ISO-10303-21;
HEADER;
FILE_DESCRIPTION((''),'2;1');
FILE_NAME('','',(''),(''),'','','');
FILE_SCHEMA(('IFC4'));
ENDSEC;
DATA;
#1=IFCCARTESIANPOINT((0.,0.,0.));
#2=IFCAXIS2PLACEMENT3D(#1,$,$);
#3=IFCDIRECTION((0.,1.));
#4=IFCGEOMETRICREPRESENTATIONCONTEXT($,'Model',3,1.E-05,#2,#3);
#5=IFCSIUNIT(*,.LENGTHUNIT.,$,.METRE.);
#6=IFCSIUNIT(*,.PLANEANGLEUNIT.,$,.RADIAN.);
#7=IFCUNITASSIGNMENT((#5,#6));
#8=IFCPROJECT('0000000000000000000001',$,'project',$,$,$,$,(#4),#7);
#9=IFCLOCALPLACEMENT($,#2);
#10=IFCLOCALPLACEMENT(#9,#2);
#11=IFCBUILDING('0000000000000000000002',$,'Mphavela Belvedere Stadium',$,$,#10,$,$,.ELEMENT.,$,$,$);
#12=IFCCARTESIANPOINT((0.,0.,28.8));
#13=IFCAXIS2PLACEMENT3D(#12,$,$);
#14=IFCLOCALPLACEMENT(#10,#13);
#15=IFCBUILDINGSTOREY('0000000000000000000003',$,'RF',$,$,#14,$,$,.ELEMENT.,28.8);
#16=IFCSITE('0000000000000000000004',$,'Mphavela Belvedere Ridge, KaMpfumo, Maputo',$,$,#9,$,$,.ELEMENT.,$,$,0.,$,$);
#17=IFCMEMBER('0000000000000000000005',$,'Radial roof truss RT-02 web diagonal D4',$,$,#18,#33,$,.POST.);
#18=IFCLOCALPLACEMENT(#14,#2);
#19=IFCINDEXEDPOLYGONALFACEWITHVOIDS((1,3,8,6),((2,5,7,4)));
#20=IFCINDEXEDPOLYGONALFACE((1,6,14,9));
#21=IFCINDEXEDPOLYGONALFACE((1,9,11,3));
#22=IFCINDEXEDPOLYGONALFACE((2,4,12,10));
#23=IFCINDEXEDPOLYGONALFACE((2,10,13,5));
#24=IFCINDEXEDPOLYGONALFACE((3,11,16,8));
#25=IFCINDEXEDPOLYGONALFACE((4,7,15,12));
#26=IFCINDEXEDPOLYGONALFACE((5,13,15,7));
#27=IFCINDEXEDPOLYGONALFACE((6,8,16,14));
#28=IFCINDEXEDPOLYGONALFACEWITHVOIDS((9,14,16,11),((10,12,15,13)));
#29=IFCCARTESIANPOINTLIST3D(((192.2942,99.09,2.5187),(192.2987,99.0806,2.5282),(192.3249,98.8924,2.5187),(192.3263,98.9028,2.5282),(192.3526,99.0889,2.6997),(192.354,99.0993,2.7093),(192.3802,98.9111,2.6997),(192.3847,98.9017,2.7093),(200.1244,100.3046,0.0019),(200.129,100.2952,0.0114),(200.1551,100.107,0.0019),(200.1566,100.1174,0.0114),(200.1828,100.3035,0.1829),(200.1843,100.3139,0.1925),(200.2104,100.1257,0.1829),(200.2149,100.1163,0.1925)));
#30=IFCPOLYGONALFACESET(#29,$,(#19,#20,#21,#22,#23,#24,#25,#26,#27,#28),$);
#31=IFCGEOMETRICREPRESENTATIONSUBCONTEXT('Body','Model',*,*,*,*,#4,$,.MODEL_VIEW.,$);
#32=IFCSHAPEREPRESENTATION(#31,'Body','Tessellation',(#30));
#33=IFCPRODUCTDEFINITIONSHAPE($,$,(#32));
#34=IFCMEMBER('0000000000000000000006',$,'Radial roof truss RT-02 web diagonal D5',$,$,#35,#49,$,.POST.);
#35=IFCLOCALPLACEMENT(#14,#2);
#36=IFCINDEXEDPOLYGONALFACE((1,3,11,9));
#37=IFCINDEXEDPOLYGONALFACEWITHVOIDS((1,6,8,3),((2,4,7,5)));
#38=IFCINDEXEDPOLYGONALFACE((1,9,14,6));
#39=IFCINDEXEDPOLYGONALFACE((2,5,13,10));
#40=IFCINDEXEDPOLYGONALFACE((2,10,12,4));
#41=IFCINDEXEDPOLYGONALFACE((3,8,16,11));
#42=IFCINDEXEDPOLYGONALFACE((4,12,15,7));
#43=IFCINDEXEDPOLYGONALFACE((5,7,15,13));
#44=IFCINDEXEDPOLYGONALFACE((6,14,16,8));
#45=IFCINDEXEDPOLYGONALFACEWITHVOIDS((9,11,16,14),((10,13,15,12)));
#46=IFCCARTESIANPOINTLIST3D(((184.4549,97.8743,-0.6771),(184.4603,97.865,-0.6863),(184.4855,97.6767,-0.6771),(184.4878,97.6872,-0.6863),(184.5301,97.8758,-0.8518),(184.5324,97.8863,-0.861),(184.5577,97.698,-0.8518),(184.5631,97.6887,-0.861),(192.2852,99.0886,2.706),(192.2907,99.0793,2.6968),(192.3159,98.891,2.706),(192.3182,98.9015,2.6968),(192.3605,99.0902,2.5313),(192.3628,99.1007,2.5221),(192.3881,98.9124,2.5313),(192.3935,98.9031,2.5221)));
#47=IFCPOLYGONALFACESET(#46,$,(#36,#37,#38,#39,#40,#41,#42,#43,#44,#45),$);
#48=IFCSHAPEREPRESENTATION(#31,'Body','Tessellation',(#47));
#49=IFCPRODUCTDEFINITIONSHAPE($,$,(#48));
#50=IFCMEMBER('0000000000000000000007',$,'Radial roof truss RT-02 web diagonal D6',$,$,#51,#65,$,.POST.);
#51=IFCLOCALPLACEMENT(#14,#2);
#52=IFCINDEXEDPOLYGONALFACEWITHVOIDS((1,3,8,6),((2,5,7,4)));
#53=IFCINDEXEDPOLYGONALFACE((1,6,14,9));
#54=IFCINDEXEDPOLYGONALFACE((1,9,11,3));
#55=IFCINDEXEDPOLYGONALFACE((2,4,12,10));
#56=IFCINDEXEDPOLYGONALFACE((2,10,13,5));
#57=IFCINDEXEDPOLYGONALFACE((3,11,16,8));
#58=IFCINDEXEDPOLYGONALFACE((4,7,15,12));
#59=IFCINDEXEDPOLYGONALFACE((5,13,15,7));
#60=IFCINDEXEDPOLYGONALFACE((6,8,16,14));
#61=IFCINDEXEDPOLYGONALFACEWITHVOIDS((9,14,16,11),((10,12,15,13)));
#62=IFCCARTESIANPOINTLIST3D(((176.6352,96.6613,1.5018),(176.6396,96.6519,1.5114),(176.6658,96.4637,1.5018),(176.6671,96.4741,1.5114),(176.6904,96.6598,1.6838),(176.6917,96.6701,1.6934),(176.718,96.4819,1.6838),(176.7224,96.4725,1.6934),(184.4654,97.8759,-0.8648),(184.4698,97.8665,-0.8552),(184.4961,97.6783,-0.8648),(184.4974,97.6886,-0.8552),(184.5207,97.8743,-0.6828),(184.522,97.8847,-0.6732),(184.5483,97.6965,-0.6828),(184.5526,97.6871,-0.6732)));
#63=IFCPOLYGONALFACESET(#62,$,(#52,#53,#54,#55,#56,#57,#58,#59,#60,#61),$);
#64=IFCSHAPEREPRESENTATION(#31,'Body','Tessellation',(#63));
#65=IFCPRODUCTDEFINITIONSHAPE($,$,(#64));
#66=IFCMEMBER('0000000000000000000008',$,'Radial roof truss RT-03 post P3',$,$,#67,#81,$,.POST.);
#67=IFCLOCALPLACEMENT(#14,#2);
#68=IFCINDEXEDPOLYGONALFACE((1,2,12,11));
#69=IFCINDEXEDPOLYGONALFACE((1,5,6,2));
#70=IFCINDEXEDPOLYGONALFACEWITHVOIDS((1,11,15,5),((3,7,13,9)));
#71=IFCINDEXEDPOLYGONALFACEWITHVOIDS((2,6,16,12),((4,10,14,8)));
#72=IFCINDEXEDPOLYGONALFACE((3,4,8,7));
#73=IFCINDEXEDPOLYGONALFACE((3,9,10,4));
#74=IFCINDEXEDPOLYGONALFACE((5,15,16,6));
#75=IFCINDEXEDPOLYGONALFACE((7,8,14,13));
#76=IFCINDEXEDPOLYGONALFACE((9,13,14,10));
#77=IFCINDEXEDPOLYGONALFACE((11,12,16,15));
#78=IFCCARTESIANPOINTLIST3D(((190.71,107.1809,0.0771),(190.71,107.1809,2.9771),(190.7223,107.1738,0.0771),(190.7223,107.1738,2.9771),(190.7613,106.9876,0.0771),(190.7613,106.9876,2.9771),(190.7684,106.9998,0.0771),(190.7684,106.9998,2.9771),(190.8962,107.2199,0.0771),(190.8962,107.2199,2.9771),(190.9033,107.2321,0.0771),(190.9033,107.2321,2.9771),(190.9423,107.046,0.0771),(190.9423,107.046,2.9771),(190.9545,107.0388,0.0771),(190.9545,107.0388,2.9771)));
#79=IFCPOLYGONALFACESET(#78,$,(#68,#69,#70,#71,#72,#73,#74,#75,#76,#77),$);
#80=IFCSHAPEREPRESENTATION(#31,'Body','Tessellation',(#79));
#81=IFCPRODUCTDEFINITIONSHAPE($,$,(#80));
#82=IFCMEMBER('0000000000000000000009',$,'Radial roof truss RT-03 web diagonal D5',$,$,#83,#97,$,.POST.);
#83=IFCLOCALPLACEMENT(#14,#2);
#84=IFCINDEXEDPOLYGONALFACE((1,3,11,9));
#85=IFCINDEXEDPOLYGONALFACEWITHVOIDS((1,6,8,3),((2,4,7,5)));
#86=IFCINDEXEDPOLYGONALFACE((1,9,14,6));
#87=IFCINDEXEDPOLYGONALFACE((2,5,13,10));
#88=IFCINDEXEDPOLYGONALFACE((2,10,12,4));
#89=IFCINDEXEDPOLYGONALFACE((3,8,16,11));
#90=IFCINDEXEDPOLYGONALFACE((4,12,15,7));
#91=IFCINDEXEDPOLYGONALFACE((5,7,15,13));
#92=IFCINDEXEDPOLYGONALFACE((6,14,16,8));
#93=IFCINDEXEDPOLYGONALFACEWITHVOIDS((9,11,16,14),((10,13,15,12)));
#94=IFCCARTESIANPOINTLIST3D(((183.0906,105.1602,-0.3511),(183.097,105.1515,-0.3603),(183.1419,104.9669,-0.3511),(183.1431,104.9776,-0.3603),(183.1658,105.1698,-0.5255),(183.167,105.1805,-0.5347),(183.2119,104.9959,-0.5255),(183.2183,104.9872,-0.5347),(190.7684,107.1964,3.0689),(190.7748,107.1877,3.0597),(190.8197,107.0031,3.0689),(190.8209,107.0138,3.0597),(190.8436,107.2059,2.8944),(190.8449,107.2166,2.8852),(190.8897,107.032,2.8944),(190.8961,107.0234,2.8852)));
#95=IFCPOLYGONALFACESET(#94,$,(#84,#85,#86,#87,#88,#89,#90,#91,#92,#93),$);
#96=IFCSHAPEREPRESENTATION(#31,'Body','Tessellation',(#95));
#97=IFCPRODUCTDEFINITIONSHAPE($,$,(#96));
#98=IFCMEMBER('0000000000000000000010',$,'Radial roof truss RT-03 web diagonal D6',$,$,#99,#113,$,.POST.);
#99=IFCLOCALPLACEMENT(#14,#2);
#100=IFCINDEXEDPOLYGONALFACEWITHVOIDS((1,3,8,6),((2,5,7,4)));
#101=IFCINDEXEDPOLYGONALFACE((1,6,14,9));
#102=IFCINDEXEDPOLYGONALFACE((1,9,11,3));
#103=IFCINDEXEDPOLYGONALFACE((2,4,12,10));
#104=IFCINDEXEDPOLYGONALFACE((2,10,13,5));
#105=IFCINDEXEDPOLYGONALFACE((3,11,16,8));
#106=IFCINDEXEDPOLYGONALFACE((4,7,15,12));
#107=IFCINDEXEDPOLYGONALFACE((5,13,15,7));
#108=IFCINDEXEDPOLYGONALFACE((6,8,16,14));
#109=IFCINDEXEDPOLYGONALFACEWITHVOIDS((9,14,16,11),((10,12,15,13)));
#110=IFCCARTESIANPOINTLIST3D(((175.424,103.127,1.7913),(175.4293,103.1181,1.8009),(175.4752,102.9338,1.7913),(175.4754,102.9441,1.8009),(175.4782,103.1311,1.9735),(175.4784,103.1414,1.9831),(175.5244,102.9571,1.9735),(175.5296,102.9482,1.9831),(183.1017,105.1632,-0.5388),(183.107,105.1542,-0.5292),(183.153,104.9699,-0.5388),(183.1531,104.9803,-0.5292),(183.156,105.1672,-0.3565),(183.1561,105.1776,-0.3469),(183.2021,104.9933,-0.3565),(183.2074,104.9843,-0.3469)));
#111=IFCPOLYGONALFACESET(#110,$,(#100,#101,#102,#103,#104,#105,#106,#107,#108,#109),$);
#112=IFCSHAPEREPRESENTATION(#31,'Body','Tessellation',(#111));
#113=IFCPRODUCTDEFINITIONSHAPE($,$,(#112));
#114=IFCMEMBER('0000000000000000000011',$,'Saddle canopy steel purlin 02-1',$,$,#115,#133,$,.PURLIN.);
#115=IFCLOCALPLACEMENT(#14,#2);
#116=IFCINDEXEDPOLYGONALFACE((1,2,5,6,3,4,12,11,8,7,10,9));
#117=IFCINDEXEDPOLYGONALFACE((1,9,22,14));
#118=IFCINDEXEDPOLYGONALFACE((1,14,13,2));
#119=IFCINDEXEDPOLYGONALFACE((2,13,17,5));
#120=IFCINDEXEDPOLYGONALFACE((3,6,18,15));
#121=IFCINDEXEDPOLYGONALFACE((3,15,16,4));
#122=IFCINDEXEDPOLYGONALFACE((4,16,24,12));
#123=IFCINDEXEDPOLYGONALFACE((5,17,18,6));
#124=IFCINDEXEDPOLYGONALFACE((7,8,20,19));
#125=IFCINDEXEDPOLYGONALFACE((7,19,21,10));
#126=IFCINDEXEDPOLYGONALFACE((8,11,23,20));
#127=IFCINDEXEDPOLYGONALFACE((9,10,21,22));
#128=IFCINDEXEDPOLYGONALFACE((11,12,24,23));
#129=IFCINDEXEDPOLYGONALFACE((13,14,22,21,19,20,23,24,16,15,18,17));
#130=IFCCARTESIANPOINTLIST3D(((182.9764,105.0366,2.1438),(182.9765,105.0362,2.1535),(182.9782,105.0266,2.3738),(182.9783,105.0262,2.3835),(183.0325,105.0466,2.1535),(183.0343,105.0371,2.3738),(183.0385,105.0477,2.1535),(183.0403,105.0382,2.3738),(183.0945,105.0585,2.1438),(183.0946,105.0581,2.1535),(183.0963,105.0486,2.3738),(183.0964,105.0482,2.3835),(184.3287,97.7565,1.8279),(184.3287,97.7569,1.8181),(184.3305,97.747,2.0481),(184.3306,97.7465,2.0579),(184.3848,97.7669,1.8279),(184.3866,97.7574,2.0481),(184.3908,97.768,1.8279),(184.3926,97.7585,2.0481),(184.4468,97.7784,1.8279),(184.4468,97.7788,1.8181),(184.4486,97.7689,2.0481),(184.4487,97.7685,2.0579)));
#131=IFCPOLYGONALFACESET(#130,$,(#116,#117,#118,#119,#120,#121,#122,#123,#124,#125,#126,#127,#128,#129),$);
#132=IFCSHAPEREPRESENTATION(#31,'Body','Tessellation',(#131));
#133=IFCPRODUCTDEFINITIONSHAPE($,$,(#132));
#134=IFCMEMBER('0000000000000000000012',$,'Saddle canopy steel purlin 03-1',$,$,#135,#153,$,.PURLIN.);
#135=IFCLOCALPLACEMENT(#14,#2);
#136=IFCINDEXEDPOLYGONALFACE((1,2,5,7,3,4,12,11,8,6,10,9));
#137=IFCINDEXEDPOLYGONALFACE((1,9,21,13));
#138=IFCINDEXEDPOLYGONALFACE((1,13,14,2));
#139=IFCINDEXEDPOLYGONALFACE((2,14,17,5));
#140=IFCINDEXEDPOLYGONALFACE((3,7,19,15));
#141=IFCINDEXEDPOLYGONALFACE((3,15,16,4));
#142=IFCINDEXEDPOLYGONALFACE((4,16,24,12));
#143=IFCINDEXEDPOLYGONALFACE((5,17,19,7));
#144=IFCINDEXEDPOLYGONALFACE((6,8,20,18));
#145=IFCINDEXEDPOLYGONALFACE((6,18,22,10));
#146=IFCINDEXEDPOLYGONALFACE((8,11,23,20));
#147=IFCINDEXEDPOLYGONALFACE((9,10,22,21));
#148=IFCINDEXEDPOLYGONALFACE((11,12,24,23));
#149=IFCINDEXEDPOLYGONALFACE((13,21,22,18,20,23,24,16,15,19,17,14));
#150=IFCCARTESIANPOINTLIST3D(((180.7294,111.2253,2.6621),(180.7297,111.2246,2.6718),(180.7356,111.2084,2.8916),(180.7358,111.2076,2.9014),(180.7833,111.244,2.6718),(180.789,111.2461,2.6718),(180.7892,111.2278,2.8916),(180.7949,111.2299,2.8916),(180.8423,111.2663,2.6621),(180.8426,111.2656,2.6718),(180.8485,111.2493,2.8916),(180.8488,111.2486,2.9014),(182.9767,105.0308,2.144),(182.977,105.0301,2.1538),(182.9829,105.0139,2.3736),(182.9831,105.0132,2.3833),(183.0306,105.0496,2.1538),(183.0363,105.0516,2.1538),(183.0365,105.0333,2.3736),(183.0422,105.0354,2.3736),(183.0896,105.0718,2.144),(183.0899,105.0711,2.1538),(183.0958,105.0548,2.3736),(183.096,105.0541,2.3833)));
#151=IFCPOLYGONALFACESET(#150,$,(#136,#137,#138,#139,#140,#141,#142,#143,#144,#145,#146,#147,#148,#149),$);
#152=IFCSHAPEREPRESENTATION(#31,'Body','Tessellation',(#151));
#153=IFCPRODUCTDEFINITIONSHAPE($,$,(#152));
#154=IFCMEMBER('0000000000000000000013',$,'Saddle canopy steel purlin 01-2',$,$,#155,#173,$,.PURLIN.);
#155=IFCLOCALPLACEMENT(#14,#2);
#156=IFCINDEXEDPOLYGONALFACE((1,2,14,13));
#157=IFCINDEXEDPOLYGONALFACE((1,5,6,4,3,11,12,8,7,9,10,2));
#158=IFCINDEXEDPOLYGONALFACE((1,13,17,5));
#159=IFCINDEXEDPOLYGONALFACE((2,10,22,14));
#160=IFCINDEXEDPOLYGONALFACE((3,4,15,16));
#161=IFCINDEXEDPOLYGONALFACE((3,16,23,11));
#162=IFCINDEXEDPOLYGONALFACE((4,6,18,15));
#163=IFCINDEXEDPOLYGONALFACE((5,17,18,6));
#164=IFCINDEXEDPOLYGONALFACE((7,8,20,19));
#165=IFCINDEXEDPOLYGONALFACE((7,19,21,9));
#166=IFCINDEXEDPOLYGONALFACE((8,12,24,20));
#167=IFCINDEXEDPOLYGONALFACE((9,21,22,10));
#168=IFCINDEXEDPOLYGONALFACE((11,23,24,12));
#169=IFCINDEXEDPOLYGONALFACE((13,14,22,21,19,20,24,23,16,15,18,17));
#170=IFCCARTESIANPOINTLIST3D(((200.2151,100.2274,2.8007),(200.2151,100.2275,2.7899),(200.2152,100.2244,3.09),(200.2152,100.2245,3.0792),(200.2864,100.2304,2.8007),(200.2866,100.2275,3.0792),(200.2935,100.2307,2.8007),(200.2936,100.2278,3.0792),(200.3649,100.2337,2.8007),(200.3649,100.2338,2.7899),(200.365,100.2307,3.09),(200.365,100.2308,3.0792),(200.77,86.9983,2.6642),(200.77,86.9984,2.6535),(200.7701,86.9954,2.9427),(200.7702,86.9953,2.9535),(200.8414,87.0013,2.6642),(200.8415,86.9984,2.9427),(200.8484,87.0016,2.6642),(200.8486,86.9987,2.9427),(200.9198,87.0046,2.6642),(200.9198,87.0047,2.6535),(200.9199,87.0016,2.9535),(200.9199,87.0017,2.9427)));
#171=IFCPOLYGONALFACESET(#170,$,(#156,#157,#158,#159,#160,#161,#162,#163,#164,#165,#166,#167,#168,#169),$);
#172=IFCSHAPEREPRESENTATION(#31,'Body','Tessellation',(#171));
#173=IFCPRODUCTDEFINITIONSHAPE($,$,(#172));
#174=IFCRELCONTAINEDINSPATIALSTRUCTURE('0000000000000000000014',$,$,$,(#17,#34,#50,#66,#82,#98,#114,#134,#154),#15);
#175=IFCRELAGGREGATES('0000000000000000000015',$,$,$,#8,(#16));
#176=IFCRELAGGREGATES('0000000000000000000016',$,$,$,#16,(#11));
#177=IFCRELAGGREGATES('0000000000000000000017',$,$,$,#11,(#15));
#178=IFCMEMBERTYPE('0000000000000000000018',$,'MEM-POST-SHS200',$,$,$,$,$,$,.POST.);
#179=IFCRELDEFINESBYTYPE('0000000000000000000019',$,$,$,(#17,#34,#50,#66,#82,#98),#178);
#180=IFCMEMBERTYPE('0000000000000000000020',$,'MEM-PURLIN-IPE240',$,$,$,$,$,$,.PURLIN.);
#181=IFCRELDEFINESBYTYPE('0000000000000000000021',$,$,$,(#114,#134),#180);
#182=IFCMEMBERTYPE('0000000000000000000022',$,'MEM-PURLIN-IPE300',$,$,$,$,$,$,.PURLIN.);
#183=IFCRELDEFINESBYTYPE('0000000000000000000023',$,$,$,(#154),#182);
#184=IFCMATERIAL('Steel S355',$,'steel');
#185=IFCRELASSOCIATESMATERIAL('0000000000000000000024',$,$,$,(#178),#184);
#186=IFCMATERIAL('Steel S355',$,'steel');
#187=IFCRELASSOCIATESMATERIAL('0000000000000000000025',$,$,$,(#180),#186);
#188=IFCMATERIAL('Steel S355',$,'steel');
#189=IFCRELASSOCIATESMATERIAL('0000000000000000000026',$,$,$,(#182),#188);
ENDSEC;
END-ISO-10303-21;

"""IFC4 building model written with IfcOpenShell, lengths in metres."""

from ifc_helpers import new_model, si_unit, direction, frame, origin, origin_2d, place, context, subcontext, project, spatial, hollow_rectangle, i_section, extrude, material, material_profile, profile_set, type_object, element, save


model = new_model("IFC4")

# Units and contexts
model_context = context("Model", 3, precision=1e-05, world=origin(), true_north=direction((0.0, 1.0)))
body_context = subcontext(model_context, "Body", "Model", "MODEL_VIEW")
ifc_project = project(units=[si_unit("LENGTHUNIT", "METRE"), si_unit("PLANEANGLEUNIT", "RADIAN")], contexts=[model_context])

# Site, building, storey
site_placement = place(None, origin())
site = spatial("IfcSite", under=ifc_project, at=site_placement, Name="Mphavela Belvedere Ridge, KaMpfumo, Maputo", CompositionType="ELEMENT", RefElevation=0.0)
building_placement = place(site_placement, origin())
building = spatial("IfcBuilding", under=site, at=building_placement, Name="Mphavela Belvedere Stadium", CompositionType="ELEMENT")
storey_placement = place(building_placement, frame((0.0, 0.0, 28.8)))
storey = spatial("IfcBuildingStorey", under=building, at=storey_placement, Name="RF", CompositionType="ELEMENT", Elevation=28.8)

# Members
ifc_material_1 = material(Name="Steel S355", Category="steel")
ifc_material_profile_1 = material_profile(ifc_material_1, hollow_rectangle(XDim=0.2, YDim=0.2, WallThickness=0.01, at=origin_2d()), Name="SHS 200x200x10")
ifc_profile_set_1 = profile_set([ifc_material_profile_1], Name="Steel S355")
member_type_1 = type_object("IfcMemberType", Name="MEM-POST-SHS200", PredefinedType="POST", material=ifc_profile_set_1)
member_1_placement = place(storey_placement, frame((200.1697, 100.2104, 0.0972), z_axis=(-0.941816, -0.14609, 0.302721), x_axis=(0.153282, -0.988183, 0.0)))
element("IfcMember", 1, at=member_1_placement, inside=storey, type_object=member_type_1, Name="Radial roof truss RT-02 web diagonal D4", PredefinedType="POST", context=body_context, shape_type="SweptSolid", body=[
    extrude(hollow_rectangle(XDim=0.2, YDim=0.2, WallThickness=0.01, at=origin_2d()), origin(), (0.0, 0.0, 1.0), 8.314),
])
member_2_placement = place(storey_placement, frame((192.3394, 98.9958, 2.614), z_axis=(-0.908823, -0.140944, -0.392653), x_axis=(0.153252, -0.988187, 0.0)))
element("IfcMember", 2, at=member_2_placement, inside=storey, type_object=member_type_1, Name="Radial roof truss RT-02 web diagonal D5", PredefinedType="POST", context=body_context, shape_type="SweptSolid", body=[
    extrude(hollow_rectangle(XDim=0.2, YDim=0.2, WallThickness=0.01, at=origin_2d()), origin(), (0.0, 0.0, 1.0), 8.616),
])
member_3_placement = place(storey_placement, frame((184.509, 97.7815, -0.769), z_axis=(-0.946851, -0.146871, 0.286184), x_axis=(0.153282, -0.988183, 0.0)))
element("IfcMember", 3, at=member_3_placement, inside=storey, type_object=member_type_1, Name="Radial roof truss RT-02 web diagonal D6", PredefinedType="POST", context=body_context, shape_type="SweptSolid", body=[
    extrude(hollow_rectangle(XDim=0.2, YDim=0.2, WallThickness=0.01, at=origin_2d()), origin(), (0.0, 0.0, 1.0), 8.2698),
])
member_4_placement = place(storey_placement, frame((190.8323, 107.1099, 0.0771), z_axis=(0.0, 0.0, 1.0), x_axis=(0.9666, 0.256289, 0.0)))
element("IfcMember", 4, at=member_4_placement, inside=storey, type_object=member_type_1, Name="Radial roof truss RT-03 post P3", PredefinedType="POST", context=body_context, shape_type="SweptSolid", body=[
    extrude(hollow_rectangle(XDim=0.2, YDim=0.2, WallThickness=0.01, at=origin_2d()), origin(), (0.0, 0.0, 1.0), 2.8999),
])
member_5_placement = place(storey_placement, frame((190.8323, 107.1099, 2.9771), z_axis=(-0.887796, -0.235443, -0.395454), x_axis=(0.256339, -0.966587, 0.0)))
element("IfcMember", 5, at=member_5_placement, inside=storey, type_object=member_type_1, Name="Radial roof truss RT-03 web diagonal D5", PredefinedType="POST", context=body_context, shape_type="SweptSolid", body=[
    extrude(hollow_rectangle(XDim=0.2, YDim=0.2, WallThickness=0.01, at=origin_2d()), origin(), (0.0, 0.0, 1.0), 8.6482),
])
member_6_placement = place(storey_placement, frame((183.1545, 105.0737, -0.4429), z_axis=(-0.927504, -0.245974, 0.281484), x_axis=(0.256339, -0.966587, 0.0)))
element("IfcMember", 6, at=member_6_placement, inside=storey, type_object=member_type_1, Name="Radial roof truss RT-03 web diagonal D6", PredefinedType="POST", context=body_context, shape_type="SweptSolid", body=[
    extrude(hollow_rectangle(XDim=0.2, YDim=0.2, WallThickness=0.01, at=origin_2d()), origin(), (0.0, 0.0, 1.0), 8.2778),
])
ifc_material_2 = material(Name="Steel S355", Category="steel")
ifc_material_profile_2 = material_profile(ifc_material_2, i_section(OverallWidth=0.1201, OverallDepth=0.24, WebThickness=0.0061, FlangeThickness=0.0098, at=origin_2d()), Name="IPE 240")
ifc_profile_set_2 = profile_set([ifc_material_profile_2], Name="Steel S355")
member_type_2 = type_object("IfcMemberType", Name="MEM-PURLIN-IPE240", PredefinedType="PURLIN", material=ifc_profile_set_2)
member_7_placement = place(storey_placement, frame((184.3887, 97.7627, 1.938), z_axis=(-0.182459, 0.982231, 0.043943), x_axis=(-0.983181, -0.182636, 0.0)))
element("IfcMember", 7, at=member_7_placement, inside=storey, type_object=member_type_2, Name="Saddle canopy steel purlin 02-1", PredefinedType="PURLIN", context=body_context, shape_type="SweptSolid", body=[
    extrude(i_section(OverallWidth=0.1201, OverallDepth=0.24, WebThickness=0.0061, FlangeThickness=0.0098, at=origin_2d()), origin(), (0.0, 0.0, 1.0), 7.4114),
])
member_8_placement = place(storey_placement, frame((183.0364, 105.0425, 2.2637), z_axis=(-0.339989, 0.937158, 0.078377), x_axis=(-0.94005, -0.341038, 0.0)))
element("IfcMember", 8, at=member_8_placement, inside=storey, type_object=member_type_2, Name="Saddle canopy steel purlin 03-1", PredefinedType="PURLIN", context=body_context, shape_type="SweptSolid", body=[
    extrude(i_section(OverallWidth=0.1201, OverallDepth=0.24, WebThickness=0.0061, FlangeThickness=0.0098, at=origin_2d()), origin(), (0.0, 0.0, 1.0), 6.6099),
])
ifc_material_3 = material(Name="Steel S355", Category="steel")
ifc_material_profile_3 = material_profile(ifc_material_3, i_section(OverallWidth=0.1499, OverallDepth=0.3, WebThickness=0.0071, FlangeThickness=0.0107, at=origin_2d()), Name="IPE 300")
ifc_profile_set_3 = profile_set([ifc_material_profile_3], Name="Steel S355")
member_type_3 = type_object("IfcMemberType", Name="MEM-PURLIN-IPE300", PredefinedType="PURLIN", material=ifc_profile_set_3)
member_9_placement = place(storey_placement, frame((200.845, 87.0, 2.8035), z_axis=(-0.041909, 0.999068, 0.010307), x_axis=(-0.999121, -0.041911, 0.0)))
element("IfcMember", 9, at=member_9_placement, inside=storey, type_object=member_type_3, Name="Saddle canopy steel purlin 01-2", PredefinedType="PURLIN", context=body_context, shape_type="SweptSolid", body=[
    extrude(i_section(OverallWidth=0.1499, OverallDepth=0.3, WebThickness=0.0071, FlangeThickness=0.0107, at=origin_2d()), origin(), (0.0, 0.0, 1.0), 13.2415),
])

save(model, "model.ifc")
